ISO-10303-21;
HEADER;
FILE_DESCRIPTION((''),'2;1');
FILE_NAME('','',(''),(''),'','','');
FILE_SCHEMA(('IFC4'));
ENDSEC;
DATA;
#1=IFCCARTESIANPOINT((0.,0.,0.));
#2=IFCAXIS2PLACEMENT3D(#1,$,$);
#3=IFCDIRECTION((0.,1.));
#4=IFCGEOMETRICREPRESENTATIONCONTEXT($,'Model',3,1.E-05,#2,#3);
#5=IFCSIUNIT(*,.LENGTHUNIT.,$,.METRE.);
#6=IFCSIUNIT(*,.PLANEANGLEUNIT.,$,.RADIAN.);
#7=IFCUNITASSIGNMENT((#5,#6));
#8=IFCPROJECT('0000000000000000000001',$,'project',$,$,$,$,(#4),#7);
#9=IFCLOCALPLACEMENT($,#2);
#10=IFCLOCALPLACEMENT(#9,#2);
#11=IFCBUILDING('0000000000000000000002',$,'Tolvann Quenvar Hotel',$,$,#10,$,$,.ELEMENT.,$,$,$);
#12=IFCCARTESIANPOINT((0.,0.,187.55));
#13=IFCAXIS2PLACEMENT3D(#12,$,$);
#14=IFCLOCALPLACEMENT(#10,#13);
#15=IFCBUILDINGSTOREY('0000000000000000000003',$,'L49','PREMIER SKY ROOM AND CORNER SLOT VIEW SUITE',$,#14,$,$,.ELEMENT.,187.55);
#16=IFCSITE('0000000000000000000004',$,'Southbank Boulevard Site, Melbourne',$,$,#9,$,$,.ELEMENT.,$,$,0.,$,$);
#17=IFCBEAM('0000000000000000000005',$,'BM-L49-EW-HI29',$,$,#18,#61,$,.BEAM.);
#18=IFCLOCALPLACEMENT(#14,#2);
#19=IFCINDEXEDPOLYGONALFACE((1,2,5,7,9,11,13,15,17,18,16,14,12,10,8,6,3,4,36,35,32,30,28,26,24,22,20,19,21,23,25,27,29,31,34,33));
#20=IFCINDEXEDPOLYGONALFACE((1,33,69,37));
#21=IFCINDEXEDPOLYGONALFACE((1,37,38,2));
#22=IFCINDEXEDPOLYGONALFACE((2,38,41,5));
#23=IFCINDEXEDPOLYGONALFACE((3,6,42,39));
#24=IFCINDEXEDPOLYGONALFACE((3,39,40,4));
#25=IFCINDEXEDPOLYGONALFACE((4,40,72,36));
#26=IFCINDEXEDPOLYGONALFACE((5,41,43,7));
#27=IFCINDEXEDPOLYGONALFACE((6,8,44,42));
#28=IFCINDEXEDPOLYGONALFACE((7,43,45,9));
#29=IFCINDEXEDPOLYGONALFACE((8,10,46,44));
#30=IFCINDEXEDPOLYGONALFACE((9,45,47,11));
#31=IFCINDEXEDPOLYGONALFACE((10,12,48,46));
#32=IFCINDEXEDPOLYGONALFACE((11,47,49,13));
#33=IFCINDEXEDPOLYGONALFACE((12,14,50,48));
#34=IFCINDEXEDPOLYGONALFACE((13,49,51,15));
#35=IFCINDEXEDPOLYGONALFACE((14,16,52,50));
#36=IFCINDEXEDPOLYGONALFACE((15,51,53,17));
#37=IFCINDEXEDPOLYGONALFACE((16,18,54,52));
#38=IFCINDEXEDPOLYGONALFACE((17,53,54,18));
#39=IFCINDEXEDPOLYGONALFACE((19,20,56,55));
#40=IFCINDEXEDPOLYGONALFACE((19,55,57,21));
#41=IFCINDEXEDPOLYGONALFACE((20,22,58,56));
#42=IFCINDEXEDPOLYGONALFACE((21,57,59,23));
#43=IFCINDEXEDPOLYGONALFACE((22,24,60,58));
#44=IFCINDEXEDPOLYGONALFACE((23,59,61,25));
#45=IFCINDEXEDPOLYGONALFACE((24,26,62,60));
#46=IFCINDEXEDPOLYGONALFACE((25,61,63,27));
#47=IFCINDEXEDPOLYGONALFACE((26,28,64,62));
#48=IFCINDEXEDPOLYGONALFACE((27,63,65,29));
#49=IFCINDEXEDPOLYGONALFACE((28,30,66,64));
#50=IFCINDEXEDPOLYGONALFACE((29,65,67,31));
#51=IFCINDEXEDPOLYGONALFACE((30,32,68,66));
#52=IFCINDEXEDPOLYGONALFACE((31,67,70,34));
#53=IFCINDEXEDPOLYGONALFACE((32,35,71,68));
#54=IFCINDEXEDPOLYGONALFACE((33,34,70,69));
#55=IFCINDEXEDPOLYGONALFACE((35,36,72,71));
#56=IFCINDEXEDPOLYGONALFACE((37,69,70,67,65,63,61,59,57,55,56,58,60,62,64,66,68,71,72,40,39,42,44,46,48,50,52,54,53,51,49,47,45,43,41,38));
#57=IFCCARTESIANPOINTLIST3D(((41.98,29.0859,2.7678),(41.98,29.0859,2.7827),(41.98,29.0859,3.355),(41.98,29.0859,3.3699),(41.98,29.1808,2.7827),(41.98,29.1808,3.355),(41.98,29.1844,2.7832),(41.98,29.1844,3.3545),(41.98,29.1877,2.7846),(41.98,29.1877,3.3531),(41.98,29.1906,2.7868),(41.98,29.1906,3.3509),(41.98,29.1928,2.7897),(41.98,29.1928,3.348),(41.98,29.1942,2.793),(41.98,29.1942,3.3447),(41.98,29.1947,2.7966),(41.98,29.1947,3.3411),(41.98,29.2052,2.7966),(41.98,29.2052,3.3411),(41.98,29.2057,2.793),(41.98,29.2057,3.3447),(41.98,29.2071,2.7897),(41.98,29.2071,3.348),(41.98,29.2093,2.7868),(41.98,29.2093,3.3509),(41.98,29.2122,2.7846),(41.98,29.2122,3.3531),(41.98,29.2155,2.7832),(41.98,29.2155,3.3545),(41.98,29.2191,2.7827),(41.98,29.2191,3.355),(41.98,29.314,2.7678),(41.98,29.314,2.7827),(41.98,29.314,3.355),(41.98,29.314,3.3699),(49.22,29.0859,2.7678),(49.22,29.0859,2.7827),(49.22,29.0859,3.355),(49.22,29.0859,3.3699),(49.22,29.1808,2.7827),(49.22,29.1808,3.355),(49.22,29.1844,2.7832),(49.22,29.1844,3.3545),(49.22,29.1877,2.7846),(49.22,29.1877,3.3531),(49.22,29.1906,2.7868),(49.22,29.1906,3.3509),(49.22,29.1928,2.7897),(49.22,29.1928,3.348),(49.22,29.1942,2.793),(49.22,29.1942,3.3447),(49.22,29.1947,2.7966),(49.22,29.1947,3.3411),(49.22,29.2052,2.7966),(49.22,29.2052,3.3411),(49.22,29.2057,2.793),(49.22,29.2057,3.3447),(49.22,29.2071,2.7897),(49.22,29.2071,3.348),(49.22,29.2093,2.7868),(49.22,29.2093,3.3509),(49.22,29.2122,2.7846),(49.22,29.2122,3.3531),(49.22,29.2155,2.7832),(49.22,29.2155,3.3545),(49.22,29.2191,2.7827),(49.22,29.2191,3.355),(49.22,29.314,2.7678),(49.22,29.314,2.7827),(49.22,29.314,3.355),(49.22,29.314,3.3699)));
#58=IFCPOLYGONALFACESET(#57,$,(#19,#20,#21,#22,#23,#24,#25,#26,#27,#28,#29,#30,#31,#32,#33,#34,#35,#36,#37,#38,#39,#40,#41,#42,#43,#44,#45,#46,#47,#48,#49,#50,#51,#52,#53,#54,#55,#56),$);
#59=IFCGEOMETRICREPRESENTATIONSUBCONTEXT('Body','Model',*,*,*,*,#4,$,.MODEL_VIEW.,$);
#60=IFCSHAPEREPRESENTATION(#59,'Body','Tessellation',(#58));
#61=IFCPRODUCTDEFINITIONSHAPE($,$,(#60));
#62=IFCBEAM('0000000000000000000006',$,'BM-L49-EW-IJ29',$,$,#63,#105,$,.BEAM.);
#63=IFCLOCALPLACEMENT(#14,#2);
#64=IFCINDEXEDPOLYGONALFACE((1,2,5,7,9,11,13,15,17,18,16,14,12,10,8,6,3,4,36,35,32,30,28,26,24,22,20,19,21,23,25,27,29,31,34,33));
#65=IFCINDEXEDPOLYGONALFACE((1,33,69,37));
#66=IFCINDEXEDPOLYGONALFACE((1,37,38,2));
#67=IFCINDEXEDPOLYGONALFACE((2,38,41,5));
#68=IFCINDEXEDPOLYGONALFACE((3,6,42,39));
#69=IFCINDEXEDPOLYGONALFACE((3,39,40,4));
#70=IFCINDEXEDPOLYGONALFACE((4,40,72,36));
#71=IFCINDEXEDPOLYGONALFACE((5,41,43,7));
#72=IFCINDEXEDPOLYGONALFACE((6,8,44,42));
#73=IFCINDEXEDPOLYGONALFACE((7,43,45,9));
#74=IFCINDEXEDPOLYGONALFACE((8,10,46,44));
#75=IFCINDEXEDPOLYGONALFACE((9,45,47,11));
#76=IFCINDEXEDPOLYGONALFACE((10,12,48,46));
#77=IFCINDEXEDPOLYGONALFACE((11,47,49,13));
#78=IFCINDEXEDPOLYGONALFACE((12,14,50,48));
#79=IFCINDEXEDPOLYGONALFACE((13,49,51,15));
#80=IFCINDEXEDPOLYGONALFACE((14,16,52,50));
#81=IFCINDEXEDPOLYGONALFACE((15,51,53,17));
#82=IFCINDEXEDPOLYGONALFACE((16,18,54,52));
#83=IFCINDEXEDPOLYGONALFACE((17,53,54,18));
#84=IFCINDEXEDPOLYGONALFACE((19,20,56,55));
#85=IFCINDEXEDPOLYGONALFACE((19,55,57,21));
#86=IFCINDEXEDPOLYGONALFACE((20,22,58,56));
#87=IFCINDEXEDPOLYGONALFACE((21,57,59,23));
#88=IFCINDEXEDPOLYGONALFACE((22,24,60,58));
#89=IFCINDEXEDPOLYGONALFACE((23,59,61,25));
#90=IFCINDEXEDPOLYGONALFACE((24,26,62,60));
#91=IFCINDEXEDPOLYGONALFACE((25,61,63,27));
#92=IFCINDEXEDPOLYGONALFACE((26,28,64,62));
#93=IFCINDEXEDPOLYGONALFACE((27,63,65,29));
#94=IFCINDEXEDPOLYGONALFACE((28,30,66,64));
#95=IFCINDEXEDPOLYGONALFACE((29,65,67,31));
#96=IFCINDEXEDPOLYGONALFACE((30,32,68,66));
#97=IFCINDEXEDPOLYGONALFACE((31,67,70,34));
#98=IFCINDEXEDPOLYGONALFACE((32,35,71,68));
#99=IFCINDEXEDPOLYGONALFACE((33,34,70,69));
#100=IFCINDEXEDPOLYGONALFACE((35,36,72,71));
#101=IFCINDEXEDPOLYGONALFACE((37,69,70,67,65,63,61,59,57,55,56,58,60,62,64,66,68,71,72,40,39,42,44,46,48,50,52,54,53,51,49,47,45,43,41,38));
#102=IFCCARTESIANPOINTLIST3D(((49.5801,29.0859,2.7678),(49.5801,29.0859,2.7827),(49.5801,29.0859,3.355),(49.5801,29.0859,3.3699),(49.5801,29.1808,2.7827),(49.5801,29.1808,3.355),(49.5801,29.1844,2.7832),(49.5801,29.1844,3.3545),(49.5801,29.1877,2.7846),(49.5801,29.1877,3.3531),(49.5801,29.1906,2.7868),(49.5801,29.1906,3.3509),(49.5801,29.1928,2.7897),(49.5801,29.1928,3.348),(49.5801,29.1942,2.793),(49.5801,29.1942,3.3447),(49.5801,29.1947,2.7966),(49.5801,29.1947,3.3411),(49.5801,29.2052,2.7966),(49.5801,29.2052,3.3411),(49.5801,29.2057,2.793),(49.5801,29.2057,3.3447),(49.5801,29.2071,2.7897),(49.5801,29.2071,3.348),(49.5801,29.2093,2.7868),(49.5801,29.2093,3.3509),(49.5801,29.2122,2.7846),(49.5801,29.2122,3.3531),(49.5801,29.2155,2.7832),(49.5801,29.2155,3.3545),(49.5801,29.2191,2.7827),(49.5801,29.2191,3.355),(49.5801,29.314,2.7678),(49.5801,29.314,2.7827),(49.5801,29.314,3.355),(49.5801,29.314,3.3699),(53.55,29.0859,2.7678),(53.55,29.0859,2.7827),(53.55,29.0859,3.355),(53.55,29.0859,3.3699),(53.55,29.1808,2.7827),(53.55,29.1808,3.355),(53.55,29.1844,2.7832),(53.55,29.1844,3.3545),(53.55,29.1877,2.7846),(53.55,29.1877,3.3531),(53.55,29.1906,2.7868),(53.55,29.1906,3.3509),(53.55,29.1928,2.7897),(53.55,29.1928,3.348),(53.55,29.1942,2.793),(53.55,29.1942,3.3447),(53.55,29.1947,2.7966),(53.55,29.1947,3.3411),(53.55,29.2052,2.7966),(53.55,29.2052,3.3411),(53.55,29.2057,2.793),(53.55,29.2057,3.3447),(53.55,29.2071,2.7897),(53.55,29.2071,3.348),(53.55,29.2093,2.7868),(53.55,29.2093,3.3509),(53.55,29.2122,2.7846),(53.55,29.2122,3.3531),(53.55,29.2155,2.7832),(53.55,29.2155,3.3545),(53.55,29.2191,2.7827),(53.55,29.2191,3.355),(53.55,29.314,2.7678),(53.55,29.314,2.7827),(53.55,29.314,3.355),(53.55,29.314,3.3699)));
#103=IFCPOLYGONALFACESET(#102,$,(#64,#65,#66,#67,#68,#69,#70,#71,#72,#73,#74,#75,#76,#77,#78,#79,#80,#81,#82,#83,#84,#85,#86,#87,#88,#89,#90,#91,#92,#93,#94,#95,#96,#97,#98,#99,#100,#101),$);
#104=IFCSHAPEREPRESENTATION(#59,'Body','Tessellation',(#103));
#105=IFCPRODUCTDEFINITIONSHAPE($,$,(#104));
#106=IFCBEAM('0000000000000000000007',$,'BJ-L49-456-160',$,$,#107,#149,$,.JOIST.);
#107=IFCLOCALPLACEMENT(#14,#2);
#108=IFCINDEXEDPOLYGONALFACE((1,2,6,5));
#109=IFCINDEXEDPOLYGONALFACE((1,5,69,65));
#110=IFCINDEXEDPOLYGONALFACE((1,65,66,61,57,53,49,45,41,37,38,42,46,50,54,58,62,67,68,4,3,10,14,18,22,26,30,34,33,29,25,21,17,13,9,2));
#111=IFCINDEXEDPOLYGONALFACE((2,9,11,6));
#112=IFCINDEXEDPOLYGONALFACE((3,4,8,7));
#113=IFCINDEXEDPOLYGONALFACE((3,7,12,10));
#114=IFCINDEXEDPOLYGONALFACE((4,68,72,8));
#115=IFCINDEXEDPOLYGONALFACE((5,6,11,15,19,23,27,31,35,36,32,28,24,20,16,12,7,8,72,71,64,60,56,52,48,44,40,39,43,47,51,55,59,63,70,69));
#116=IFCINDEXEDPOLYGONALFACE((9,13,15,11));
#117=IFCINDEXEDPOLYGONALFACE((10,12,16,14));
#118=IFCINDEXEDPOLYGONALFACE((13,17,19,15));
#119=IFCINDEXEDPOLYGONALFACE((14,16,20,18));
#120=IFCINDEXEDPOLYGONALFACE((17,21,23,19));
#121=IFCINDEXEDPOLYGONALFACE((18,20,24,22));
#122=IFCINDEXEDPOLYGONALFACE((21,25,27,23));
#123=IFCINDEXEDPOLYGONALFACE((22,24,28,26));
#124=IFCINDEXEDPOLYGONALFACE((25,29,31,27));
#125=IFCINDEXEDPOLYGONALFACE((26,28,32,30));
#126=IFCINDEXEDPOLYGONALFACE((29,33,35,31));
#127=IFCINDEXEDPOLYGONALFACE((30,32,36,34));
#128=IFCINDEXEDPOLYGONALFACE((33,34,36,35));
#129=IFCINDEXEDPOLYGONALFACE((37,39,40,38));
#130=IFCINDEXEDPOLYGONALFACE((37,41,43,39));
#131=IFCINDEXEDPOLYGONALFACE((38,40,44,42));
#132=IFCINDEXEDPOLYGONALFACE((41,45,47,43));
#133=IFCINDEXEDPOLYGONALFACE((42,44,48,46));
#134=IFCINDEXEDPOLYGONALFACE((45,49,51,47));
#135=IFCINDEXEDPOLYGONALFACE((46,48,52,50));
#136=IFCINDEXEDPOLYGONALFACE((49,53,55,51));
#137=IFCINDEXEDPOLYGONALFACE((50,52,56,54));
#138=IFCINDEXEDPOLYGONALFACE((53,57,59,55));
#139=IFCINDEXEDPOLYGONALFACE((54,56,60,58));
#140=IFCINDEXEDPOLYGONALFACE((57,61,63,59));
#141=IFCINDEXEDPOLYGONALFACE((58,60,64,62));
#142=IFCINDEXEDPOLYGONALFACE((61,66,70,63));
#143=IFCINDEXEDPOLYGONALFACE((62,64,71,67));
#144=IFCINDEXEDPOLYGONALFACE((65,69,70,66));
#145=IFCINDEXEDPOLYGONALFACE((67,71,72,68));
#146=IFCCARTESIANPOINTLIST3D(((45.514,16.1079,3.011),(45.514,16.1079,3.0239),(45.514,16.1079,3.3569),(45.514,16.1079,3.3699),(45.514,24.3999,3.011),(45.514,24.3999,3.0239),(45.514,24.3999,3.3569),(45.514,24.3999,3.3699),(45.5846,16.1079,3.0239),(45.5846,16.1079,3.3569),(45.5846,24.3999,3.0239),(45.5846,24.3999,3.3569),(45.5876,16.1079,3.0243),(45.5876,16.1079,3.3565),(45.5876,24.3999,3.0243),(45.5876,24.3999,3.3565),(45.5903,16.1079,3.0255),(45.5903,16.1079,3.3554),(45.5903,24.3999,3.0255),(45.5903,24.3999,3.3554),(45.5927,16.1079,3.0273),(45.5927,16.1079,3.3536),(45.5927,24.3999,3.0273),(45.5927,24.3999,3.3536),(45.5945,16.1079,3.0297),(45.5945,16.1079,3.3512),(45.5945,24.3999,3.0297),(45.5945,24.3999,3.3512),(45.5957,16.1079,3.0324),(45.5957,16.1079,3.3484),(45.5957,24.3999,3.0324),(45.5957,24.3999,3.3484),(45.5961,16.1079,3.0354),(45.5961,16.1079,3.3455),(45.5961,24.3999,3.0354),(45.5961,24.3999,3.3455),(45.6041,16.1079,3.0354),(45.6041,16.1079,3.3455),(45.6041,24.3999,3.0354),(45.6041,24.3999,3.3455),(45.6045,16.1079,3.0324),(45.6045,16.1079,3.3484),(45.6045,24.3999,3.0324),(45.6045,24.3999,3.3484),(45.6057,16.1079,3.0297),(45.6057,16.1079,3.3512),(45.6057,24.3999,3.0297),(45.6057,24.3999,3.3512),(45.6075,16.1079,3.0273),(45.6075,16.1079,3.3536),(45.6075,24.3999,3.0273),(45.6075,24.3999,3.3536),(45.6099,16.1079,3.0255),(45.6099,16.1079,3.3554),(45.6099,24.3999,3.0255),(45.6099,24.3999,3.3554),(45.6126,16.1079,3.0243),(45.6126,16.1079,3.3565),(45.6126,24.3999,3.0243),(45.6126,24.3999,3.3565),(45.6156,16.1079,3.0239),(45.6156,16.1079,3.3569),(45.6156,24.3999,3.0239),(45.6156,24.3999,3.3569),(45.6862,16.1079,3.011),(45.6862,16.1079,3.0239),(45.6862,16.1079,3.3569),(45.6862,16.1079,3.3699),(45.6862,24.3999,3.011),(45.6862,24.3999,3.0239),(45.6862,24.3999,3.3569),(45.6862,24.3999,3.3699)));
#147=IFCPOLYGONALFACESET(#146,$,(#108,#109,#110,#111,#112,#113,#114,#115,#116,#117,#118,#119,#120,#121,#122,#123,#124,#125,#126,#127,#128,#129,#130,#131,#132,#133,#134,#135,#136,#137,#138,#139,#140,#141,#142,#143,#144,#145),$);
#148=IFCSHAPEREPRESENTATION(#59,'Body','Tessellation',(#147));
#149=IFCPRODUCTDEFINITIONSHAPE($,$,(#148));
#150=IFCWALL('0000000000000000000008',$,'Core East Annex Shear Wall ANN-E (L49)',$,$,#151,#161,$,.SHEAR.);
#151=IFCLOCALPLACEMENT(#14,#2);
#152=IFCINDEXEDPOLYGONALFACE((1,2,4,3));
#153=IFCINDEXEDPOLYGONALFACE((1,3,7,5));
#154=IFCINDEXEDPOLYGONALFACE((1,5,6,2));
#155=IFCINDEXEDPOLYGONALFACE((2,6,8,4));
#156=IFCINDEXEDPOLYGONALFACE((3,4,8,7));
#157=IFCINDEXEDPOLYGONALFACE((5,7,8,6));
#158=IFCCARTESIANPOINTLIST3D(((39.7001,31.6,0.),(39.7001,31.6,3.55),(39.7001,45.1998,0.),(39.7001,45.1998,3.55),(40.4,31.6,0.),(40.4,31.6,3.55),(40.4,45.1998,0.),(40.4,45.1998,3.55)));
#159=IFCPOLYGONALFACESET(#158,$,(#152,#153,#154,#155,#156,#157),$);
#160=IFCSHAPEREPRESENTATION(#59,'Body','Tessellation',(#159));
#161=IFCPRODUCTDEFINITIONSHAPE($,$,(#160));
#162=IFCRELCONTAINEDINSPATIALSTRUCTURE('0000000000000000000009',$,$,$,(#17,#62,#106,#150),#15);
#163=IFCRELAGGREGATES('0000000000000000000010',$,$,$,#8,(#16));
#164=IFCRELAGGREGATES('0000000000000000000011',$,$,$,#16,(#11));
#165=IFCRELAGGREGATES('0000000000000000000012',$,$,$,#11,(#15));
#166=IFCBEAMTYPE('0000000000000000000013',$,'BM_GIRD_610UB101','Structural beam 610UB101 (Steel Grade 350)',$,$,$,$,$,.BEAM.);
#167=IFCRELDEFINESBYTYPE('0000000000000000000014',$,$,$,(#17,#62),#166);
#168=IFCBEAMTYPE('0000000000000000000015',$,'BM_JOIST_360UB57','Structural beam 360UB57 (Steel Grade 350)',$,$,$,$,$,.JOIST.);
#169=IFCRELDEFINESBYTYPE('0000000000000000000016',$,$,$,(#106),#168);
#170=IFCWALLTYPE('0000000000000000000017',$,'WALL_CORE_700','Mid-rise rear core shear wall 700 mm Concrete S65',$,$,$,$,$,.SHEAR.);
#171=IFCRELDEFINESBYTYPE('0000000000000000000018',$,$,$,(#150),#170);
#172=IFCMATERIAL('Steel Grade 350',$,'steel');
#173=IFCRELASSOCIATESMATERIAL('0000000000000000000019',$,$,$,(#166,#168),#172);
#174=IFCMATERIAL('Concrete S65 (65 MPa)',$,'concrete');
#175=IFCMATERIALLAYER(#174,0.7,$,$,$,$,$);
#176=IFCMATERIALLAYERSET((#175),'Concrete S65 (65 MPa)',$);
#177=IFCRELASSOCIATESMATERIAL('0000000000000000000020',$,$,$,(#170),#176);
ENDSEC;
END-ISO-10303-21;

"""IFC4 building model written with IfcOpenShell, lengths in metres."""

from ifc_helpers import new_model, si_unit, direction, frame, frame_2d, origin, origin_2d, place, context, subcontext, project, spatial, rectangle, i_section, extrude, source, transform, mapped, material, layer, layer_set, material_profile, profile_set, type_object, type_shapes, element, save


model = new_model("IFC4")

# Units and contexts
model_context = context("Model", 3, precision=1e-05, world=origin(), true_north=direction((0.0, 1.0)))
body_context = subcontext(model_context, "Body", "Model", "MODEL_VIEW")
ifc_project = project(units=[si_unit("LENGTHUNIT", "METRE"), si_unit("PLANEANGLEUNIT", "RADIAN")], contexts=[model_context])

# Site, building, storey
site_placement = place(None, origin())
site = spatial("IfcSite", under=ifc_project, at=site_placement, Name="Southbank Boulevard Site, Melbourne", CompositionType="ELEMENT", RefElevation=0.0)
building_placement = place(site_placement, origin())
building = spatial("IfcBuilding", under=site, at=building_placement, Name="Tolvann Quenvar Hotel", CompositionType="ELEMENT")
storey_placement = place(building_placement, frame((0.0, 0.0, 187.55)))
storey = spatial("IfcBuildingStorey", under=building, at=storey_placement, Name="L49", Description="PREMIER SKY ROOM AND CORNER SLOT VIEW SUITE", CompositionType="ELEMENT", Elevation=187.55)

# Shared definitions
ifc_material_1 = material(Name="Steel Grade 350", Category="steel")

# Beams
ifc_material_profile_1 = material_profile(ifc_material_1, i_section(OverallWidth=0.228, OverallDepth=0.6021, WebThickness=0.0105, FlangeThickness=0.0149, FilletRadius=0.0139, at=origin_2d()), Name="610UB101")
ifc_profile_set_1 = profile_set([ifc_material_profile_1], Name="Steel Grade 350")
beam_type_1 = type_object("IfcBeamType", Name="BM_GIRD_610UB101", Description="Structural beam 610UB101 (Steel Grade 350)", PredefinedType="BEAM", material=ifc_profile_set_1)
shared_shape_1 = source(origin(), body_context, "Body", "SweptSolid", [
    extrude(i_section(OverallWidth=0.228, OverallDepth=0.6021, WebThickness=0.0105, FlangeThickness=0.0149, FilletRadius=0.0139, at=origin_2d()), origin(), (0.0, 0.0, 1.0), 7.24),
])
beam_1_placement = place(storey_placement, frame((41.98, 29.2, 3.0688), z_axis=(1.0, 0.0, 0.0), x_axis=(0.0, 1.0, 0.0)))
element("IfcBeam", 1, at=beam_1_placement, inside=storey, type_object=beam_type_1, Name="BM-L49-EW-HI29", PredefinedType="BEAM", context=body_context, shape_type="MappedRepresentation", body=[
    mapped(shared_shape_1, transform((0.0, 0.0, 0.0), x_axis=(1.0, 0.0, 0.0), y_axis=(0.0, 1.0, 0.0), z_axis=(0.0, 0.0, 1.0), scale=1.0)),
])
shared_shape_2 = source(origin(), body_context, "Body", "SweptSolid", [
    extrude(i_section(OverallWidth=0.228, OverallDepth=0.6021, WebThickness=0.0105, FlangeThickness=0.0149, FilletRadius=0.0139, at=origin_2d()), origin(), (0.0, 0.0, 1.0), 3.97),
])
beam_2_placement = place(storey_placement, frame((49.5801, 29.2, 3.0688), z_axis=(1.0, 0.0, 0.0), x_axis=(0.0, 1.0, 0.0)))
element("IfcBeam", 2, at=beam_2_placement, inside=storey, type_object=beam_type_1, Name="BM-L49-EW-IJ29", PredefinedType="BEAM", context=body_context, shape_type="MappedRepresentation", body=[
    mapped(shared_shape_2, transform((0.0, 0.0, 0.0), x_axis=(1.0, 0.0, 0.0), y_axis=(0.0, 1.0, 0.0), z_axis=(0.0, 0.0, 1.0), scale=1.0)),
])
ifc_material_profile_2 = material_profile(ifc_material_1, i_section(OverallWidth=0.1721, OverallDepth=0.3589, WebThickness=0.0081, FlangeThickness=0.0129, FilletRadius=0.0115, at=origin_2d()), Name="360UB57")
ifc_profile_set_2 = profile_set([ifc_material_profile_2], Name="Steel Grade 350")
beam_type_2 = type_object("IfcBeamType", Name="BM_JOIST_360UB57", Description="Structural beam 360UB57 (Steel Grade 350)", PredefinedType="JOIST", material=ifc_profile_set_2)
shared_shape_3 = source(origin(), body_context, "Body", "SweptSolid", [
    extrude(i_section(OverallWidth=0.1721, OverallDepth=0.3589, WebThickness=0.0081, FlangeThickness=0.0129, FilletRadius=0.0115, at=origin_2d()), origin(), (0.0, 0.0, 1.0), 8.292),
])
type_shapes(beam_type_2, [shared_shape_3])
beam_3_placement = place(storey_placement, frame((45.6001, 16.1079, 3.1904), z_axis=(0.0, 1.0, 0.0), x_axis=(-1.0, 0.0, 0.0)))
element("IfcBeam", 3, at=beam_3_placement, inside=storey, type_object=beam_type_2, Name="BJ-L49-456-160", PredefinedType="JOIST", context=body_context, shape_type="MappedRepresentation", body=[
    mapped(shared_shape_3, transform((0.0, 0.0, 0.0), x_axis=(1.0, 0.0, 0.0), y_axis=(0.0, 1.0, 0.0), z_axis=(0.0, 0.0, 1.0), scale=1.0)),
])

# Wall
ifc_material_2 = material(Name="Concrete S65 (65 MPa)", Category="concrete")
ifc_layer_1 = layer(ifc_material_2, 0.7)
ifc_layer_set_1 = layer_set([ifc_layer_1], Name="Concrete S65 (65 MPa)")
wall_type_1 = type_object("IfcWallType", Name="WALL_CORE_700", Description="Mid-rise rear core shear wall 700 mm Concrete S65", PredefinedType="SHEAR", material=ifc_layer_set_1)
wall_1_placement = place(storey_placement, frame((40.05, 31.6001, 0.0), z_axis=(0.0, 0.0, 1.0), x_axis=(0.0, 1.0, 0.0)))
element("IfcWall", 4, at=wall_1_placement, inside=storey, type_object=wall_type_1, Name="Core East Annex Shear Wall ANN-E (L49)", PredefinedType="SHEAR", context=body_context, shape_type="SweptSolid", body=[
    extrude(rectangle(XDim=13.5999, YDim=0.7, at=frame_2d((6.7998, 0.0))), origin(), (0.0, 0.0, 1.0), 3.55),
])

save(model, "model.ifc")
